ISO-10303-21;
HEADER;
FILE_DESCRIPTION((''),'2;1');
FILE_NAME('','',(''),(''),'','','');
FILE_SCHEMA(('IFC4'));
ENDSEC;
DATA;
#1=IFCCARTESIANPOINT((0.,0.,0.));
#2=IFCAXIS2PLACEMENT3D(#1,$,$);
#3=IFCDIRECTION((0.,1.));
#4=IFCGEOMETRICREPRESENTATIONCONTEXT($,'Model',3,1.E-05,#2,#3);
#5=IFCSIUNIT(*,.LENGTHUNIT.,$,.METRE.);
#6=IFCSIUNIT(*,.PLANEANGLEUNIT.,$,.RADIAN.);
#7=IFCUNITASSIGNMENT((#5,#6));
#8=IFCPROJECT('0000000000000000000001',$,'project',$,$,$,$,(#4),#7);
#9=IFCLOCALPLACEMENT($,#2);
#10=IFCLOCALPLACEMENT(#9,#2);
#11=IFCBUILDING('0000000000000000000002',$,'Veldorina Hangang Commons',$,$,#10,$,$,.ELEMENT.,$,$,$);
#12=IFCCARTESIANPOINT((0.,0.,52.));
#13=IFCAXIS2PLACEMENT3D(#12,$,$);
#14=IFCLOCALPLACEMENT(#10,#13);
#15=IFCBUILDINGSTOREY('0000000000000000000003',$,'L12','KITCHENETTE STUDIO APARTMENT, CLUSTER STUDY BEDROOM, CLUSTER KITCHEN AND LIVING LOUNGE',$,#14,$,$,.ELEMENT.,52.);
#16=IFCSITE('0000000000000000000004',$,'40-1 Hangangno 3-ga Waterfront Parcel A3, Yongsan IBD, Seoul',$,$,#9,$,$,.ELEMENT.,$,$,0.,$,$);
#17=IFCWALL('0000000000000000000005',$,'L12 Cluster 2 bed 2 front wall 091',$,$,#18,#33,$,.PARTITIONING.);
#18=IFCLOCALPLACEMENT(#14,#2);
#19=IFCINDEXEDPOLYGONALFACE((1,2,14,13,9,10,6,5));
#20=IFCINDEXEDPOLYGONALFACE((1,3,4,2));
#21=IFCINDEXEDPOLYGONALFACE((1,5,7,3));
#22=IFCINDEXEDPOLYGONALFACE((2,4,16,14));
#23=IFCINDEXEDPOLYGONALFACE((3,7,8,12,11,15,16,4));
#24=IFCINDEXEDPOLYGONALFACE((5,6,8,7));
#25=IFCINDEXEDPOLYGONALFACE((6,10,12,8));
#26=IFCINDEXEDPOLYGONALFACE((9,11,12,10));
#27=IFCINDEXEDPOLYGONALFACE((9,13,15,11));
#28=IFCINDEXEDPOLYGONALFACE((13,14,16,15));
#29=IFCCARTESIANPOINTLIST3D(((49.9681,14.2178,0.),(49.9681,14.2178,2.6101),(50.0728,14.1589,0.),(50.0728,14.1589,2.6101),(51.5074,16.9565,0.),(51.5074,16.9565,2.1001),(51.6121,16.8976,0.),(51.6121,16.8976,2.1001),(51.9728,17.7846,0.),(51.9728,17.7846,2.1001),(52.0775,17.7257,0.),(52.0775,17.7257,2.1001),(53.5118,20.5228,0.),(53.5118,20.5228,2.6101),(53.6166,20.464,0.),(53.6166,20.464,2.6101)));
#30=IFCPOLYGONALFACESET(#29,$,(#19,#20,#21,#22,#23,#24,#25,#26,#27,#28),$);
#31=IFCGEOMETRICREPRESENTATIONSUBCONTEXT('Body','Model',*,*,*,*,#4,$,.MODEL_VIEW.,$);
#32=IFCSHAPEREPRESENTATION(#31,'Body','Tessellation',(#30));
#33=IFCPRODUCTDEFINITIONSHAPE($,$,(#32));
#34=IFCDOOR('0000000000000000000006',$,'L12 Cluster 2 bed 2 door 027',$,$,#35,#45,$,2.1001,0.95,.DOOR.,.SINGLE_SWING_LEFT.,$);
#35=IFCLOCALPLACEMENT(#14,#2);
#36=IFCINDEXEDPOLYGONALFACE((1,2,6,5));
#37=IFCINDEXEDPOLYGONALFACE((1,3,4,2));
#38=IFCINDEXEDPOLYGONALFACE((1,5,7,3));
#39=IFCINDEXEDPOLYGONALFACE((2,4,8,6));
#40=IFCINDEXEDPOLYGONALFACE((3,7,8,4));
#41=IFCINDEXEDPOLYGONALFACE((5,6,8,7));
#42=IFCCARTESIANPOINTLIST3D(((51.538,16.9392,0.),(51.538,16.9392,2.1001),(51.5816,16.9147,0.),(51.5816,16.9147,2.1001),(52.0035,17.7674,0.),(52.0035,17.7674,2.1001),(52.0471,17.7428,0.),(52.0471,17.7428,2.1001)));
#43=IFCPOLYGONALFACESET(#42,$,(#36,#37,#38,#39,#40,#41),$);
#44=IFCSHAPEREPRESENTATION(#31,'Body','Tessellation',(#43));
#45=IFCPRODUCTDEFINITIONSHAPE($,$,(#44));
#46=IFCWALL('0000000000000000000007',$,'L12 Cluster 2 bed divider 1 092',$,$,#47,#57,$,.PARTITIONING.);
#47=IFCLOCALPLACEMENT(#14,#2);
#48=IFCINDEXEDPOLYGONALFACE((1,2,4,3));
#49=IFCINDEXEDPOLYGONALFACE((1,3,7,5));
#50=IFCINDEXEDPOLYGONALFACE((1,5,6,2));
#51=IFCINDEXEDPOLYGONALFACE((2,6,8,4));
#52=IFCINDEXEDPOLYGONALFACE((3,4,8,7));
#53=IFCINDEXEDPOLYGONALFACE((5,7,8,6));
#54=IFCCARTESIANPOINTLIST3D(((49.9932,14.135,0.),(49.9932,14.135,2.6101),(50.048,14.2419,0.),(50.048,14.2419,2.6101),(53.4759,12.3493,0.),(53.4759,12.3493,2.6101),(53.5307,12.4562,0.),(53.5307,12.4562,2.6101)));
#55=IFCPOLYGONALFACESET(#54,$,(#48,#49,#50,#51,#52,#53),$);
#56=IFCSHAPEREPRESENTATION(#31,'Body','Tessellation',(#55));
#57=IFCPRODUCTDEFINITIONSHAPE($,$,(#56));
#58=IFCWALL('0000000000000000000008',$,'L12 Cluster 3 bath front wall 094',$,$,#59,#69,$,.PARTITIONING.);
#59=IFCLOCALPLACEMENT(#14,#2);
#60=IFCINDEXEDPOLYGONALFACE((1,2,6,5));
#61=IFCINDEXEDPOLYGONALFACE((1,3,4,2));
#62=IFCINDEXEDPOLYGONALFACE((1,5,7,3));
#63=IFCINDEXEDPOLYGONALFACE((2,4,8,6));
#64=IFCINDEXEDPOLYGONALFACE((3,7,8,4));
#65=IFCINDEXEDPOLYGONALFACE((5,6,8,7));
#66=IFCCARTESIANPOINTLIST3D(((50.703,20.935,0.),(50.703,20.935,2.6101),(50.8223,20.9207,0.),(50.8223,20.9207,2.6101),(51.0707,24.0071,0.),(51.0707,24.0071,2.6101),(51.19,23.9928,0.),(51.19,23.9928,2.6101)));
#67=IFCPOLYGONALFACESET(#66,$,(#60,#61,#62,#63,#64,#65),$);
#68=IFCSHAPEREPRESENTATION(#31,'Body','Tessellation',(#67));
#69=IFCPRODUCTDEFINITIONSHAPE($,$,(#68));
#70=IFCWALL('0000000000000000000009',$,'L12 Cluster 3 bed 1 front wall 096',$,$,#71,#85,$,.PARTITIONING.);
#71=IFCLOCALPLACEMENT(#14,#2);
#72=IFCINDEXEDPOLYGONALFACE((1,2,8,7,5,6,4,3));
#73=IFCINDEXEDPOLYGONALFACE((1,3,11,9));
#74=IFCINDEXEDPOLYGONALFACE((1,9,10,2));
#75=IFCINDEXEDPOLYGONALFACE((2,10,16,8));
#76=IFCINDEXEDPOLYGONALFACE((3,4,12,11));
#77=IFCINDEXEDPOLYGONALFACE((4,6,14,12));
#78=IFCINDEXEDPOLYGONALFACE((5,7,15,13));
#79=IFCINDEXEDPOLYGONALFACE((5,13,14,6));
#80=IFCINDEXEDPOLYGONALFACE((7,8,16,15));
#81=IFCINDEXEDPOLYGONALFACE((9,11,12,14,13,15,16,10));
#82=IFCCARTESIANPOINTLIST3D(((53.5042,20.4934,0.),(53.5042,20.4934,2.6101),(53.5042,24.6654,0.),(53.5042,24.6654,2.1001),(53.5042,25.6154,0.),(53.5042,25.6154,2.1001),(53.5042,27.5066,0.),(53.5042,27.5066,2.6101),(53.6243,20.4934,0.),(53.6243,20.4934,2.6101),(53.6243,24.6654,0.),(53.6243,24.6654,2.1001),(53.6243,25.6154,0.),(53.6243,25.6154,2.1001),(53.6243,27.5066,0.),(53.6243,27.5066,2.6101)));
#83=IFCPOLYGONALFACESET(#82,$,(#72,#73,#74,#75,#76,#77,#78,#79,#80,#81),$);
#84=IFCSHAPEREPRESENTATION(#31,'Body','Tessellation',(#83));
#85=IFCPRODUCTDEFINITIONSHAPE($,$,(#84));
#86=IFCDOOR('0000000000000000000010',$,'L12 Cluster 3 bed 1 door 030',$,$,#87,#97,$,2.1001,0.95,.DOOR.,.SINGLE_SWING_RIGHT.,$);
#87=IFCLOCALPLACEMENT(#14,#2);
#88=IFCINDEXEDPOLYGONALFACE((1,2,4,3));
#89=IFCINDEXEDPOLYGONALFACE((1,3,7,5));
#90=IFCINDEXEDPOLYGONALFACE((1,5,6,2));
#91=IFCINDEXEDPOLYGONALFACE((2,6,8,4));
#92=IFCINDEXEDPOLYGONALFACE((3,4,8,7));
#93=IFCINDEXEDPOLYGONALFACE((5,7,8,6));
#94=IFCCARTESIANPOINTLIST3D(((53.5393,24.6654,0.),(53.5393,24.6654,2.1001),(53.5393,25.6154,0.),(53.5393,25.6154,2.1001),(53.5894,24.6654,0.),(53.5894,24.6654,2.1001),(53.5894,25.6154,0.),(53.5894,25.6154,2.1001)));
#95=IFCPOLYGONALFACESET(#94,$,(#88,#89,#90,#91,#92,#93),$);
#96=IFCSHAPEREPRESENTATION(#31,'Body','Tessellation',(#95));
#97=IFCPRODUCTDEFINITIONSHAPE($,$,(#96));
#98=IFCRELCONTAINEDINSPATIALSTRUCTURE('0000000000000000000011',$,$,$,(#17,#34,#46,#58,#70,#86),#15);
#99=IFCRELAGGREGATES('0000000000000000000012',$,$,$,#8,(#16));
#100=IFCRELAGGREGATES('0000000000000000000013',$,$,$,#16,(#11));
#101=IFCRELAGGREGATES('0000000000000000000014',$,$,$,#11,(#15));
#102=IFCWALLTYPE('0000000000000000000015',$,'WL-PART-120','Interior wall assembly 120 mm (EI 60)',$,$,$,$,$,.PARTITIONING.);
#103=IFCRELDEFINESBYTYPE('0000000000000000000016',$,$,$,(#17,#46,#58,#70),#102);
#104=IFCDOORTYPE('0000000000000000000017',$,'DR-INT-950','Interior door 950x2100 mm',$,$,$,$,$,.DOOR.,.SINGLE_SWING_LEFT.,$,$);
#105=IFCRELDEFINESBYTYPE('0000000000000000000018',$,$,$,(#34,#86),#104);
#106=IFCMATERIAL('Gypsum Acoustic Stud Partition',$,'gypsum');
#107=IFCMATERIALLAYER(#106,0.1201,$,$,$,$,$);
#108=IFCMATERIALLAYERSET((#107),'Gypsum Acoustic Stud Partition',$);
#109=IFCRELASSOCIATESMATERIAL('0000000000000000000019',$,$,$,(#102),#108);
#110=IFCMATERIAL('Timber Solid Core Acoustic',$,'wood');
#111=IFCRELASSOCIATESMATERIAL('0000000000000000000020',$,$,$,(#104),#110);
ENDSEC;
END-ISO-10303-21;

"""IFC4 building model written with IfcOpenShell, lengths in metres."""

from ifc_helpers import new_model, si_unit, direction, frame, frame_2d, origin, place, context, subcontext, project, spatial, rectangle, extrude, material, layer, layer_set, type_object, element, fill, save


model = new_model("IFC4")

# Units and contexts
model_context = context("Model", 3, precision=1e-05, world=origin(), true_north=direction((0.0, 1.0)))
body_context = subcontext(model_context, "Body", "Model", "MODEL_VIEW")
ifc_project = project(units=[si_unit("LENGTHUNIT", "METRE"), si_unit("PLANEANGLEUNIT", "RADIAN")], contexts=[model_context])

# Site, building, storey
site_placement = place(None, origin())
site = spatial("IfcSite", under=ifc_project, at=site_placement, Name="40-1 Hangangno 3-ga Waterfront Parcel A3, Yongsan IBD, Seoul", CompositionType="ELEMENT", RefElevation=0.0)
building_placement = place(site_placement, origin())
building = spatial("IfcBuilding", under=site, at=building_placement, Name="Veldorina Hangang Commons", CompositionType="ELEMENT")
storey_placement = place(building_placement, frame((0.0, 0.0, 52.0)))
storey = spatial("IfcBuildingStorey", under=building, at=storey_placement, Name="L12", Description="KITCHENETTE STUDIO APARTMENT, CLUSTER STUDY BEDROOM, CLUSTER KITCHEN AND LIVING LOUNGE", CompositionType="ELEMENT", Elevation=52.0)

# Wall, opening, door
ifc_material_1 = material(Name="Gypsum Acoustic Stud Partition", Category="gypsum")
ifc_layer_1 = layer(ifc_material_1, 0.1201)
ifc_layer_set_1 = layer_set([ifc_layer_1], Name="Gypsum Acoustic Stud Partition")
wall_type_1 = type_object("IfcWallType", Name="WL-PART-120", Description="Interior wall assembly 120 mm (EI 60)", PredefinedType="PARTITIONING", material=ifc_layer_set_1)
wall_1_placement = place(storey_placement, frame((50.0205, 14.1885, 0.0), z_axis=(0.0, 0.0, 1.0), x_axis=(0.489965, 0.871742, 0.0)))
wall_1 = element("IfcWall", 1, at=wall_1_placement, inside=storey, type_object=wall_type_1, Name="L12 Cluster 2 bed 2 front wall 091", PredefinedType="PARTITIONING", context=body_context, shape_type="SweptSolid", body=[
    extrude(rectangle(XDim=7.2327, YDim=0.1201, at=frame_2d((3.6162, 0.0))), origin(), (0.0, 0.0, 1.0), 2.6101),
])
opening_1_placement = place(wall_1_placement, frame((3.1414, 0.0, 0.0)))
opening_1 = element("IfcOpeningElement", 2, at=opening_1_placement, cuts=wall_1, PredefinedType="OPENING", context=body_context, shape_type="SweptSolid", body=[
    extrude(rectangle(XDim=0.95, YDim=2.1001, at=frame_2d((0.4751, 1.05))), frame((0.0, 0.0701, 0.0), z_axis=(0.0, -1.0, 0.0), x_axis=(1.0, 0.0, 0.0)), (0.0, 0.0, 1.0), 0.1401),
])
ifc_material_2 = material(Name="Timber Solid Core Acoustic", Category="wood")
door_type_1 = type_object("IfcDoorType", Name="DR-INT-950", Description="Interior door 950x2100 mm", OperationType="SINGLE_SWING_LEFT", PredefinedType="DOOR", material=ifc_material_2)
door_1_placement = place(opening_1_placement, origin())
door_1 = element("IfcDoor", 3, at=door_1_placement, inside=storey, type_object=door_type_1, Name="L12 Cluster 2 bed 2 door 027", OperationType="SINGLE_SWING_LEFT", OverallHeight=2.1001, OverallWidth=0.95, PredefinedType="DOOR", context=body_context, shape_type="SweptSolid", body=[
    extrude(rectangle(XDim=0.95, YDim=2.1001, at=frame_2d((0.4751, 1.05))), frame((0.0, 0.0249, 0.0), z_axis=(0.0, -1.0, 0.0), x_axis=(1.0, 0.0, 0.0)), (0.0, 0.0, 1.0), 0.05),
])
fill(opening_1, door_1)

# Walls
wall_2_placement = place(storey_placement, frame((50.0205, 14.1885, 0.0), z_axis=(0.0, 0.0, 1.0), x_axis=(0.889853, -0.456248, 0.0)))
element("IfcWall", 4, at=wall_2_placement, inside=storey, type_object=wall_type_1, Name="L12 Cluster 2 bed divider 1 092", PredefinedType="PARTITIONING", context=body_context, shape_type="SweptSolid", body=[
    extrude(rectangle(XDim=3.9138, YDim=0.1201, at=frame_2d((1.957, 0.0))), origin(), (0.0, 0.0, 1.0), 2.6101),
])
wall_3_placement = place(storey_placement, frame((50.7627, 20.928, 0.0), z_axis=(0.0, 0.0, 1.0), x_axis=(0.118837, 0.992914, 0.0)))
element("IfcWall", 5, at=wall_3_placement, inside=storey, type_object=wall_type_1, Name="L12 Cluster 3 bath front wall 094", PredefinedType="PARTITIONING", context=body_context, shape_type="SweptSolid", body=[
    extrude(rectangle(XDim=3.094, YDim=0.1201, at=frame_2d((1.5469, 0.0))), origin(), (0.0, 0.0, 1.0), 2.6101),
])

# Wall, opening, door
wall_4_placement = place(storey_placement, frame((53.5642, 20.4934, 0.0), z_axis=(0.0, 0.0, 1.0), x_axis=(0.0, 1.0, 0.0)))
wall_4 = element("IfcWall", 6, at=wall_4_placement, inside=storey, type_object=wall_type_1, Name="L12 Cluster 3 bed 1 front wall 096", PredefinedType="PARTITIONING", context=body_context, shape_type="SweptSolid", body=[
    extrude(rectangle(XDim=7.0132, YDim=0.1201, at=frame_2d((3.5066, 0.0))), origin(), (0.0, 0.0, 1.0), 2.6101),
])
opening_2_placement = place(wall_4_placement, frame((4.1719, 0.0, 0.0)))
opening_2 = element("IfcOpeningElement", 7, at=opening_2_placement, cuts=wall_4, PredefinedType="OPENING", context=body_context, shape_type="SweptSolid", body=[
    extrude(rectangle(XDim=0.95, YDim=2.1001, at=frame_2d((0.4751, 1.05))), frame((0.0, 0.0701, 0.0), z_axis=(0.0, -1.0, 0.0), x_axis=(1.0, 0.0, 0.0)), (0.0, 0.0, 1.0), 0.1401),
])
door_2_placement = place(opening_2_placement, origin())
door_2 = element("IfcDoor", 8, at=door_2_placement, inside=storey, type_object=door_type_1, Name="L12 Cluster 3 bed 1 door 030", OperationType="SINGLE_SWING_RIGHT", OverallHeight=2.1001, OverallWidth=0.95, PredefinedType="DOOR", context=body_context, shape_type="SweptSolid", body=[
    extrude(rectangle(XDim=0.95, YDim=2.1001, at=frame_2d((0.4751, 1.05))), frame((0.0, 0.0249, 0.0), z_axis=(0.0, -1.0, 0.0), x_axis=(1.0, 0.0, 0.0)), (0.0, 0.0, 1.0), 0.05),
])
fill(opening_2, door_2)

save(model, "model.ifc")
